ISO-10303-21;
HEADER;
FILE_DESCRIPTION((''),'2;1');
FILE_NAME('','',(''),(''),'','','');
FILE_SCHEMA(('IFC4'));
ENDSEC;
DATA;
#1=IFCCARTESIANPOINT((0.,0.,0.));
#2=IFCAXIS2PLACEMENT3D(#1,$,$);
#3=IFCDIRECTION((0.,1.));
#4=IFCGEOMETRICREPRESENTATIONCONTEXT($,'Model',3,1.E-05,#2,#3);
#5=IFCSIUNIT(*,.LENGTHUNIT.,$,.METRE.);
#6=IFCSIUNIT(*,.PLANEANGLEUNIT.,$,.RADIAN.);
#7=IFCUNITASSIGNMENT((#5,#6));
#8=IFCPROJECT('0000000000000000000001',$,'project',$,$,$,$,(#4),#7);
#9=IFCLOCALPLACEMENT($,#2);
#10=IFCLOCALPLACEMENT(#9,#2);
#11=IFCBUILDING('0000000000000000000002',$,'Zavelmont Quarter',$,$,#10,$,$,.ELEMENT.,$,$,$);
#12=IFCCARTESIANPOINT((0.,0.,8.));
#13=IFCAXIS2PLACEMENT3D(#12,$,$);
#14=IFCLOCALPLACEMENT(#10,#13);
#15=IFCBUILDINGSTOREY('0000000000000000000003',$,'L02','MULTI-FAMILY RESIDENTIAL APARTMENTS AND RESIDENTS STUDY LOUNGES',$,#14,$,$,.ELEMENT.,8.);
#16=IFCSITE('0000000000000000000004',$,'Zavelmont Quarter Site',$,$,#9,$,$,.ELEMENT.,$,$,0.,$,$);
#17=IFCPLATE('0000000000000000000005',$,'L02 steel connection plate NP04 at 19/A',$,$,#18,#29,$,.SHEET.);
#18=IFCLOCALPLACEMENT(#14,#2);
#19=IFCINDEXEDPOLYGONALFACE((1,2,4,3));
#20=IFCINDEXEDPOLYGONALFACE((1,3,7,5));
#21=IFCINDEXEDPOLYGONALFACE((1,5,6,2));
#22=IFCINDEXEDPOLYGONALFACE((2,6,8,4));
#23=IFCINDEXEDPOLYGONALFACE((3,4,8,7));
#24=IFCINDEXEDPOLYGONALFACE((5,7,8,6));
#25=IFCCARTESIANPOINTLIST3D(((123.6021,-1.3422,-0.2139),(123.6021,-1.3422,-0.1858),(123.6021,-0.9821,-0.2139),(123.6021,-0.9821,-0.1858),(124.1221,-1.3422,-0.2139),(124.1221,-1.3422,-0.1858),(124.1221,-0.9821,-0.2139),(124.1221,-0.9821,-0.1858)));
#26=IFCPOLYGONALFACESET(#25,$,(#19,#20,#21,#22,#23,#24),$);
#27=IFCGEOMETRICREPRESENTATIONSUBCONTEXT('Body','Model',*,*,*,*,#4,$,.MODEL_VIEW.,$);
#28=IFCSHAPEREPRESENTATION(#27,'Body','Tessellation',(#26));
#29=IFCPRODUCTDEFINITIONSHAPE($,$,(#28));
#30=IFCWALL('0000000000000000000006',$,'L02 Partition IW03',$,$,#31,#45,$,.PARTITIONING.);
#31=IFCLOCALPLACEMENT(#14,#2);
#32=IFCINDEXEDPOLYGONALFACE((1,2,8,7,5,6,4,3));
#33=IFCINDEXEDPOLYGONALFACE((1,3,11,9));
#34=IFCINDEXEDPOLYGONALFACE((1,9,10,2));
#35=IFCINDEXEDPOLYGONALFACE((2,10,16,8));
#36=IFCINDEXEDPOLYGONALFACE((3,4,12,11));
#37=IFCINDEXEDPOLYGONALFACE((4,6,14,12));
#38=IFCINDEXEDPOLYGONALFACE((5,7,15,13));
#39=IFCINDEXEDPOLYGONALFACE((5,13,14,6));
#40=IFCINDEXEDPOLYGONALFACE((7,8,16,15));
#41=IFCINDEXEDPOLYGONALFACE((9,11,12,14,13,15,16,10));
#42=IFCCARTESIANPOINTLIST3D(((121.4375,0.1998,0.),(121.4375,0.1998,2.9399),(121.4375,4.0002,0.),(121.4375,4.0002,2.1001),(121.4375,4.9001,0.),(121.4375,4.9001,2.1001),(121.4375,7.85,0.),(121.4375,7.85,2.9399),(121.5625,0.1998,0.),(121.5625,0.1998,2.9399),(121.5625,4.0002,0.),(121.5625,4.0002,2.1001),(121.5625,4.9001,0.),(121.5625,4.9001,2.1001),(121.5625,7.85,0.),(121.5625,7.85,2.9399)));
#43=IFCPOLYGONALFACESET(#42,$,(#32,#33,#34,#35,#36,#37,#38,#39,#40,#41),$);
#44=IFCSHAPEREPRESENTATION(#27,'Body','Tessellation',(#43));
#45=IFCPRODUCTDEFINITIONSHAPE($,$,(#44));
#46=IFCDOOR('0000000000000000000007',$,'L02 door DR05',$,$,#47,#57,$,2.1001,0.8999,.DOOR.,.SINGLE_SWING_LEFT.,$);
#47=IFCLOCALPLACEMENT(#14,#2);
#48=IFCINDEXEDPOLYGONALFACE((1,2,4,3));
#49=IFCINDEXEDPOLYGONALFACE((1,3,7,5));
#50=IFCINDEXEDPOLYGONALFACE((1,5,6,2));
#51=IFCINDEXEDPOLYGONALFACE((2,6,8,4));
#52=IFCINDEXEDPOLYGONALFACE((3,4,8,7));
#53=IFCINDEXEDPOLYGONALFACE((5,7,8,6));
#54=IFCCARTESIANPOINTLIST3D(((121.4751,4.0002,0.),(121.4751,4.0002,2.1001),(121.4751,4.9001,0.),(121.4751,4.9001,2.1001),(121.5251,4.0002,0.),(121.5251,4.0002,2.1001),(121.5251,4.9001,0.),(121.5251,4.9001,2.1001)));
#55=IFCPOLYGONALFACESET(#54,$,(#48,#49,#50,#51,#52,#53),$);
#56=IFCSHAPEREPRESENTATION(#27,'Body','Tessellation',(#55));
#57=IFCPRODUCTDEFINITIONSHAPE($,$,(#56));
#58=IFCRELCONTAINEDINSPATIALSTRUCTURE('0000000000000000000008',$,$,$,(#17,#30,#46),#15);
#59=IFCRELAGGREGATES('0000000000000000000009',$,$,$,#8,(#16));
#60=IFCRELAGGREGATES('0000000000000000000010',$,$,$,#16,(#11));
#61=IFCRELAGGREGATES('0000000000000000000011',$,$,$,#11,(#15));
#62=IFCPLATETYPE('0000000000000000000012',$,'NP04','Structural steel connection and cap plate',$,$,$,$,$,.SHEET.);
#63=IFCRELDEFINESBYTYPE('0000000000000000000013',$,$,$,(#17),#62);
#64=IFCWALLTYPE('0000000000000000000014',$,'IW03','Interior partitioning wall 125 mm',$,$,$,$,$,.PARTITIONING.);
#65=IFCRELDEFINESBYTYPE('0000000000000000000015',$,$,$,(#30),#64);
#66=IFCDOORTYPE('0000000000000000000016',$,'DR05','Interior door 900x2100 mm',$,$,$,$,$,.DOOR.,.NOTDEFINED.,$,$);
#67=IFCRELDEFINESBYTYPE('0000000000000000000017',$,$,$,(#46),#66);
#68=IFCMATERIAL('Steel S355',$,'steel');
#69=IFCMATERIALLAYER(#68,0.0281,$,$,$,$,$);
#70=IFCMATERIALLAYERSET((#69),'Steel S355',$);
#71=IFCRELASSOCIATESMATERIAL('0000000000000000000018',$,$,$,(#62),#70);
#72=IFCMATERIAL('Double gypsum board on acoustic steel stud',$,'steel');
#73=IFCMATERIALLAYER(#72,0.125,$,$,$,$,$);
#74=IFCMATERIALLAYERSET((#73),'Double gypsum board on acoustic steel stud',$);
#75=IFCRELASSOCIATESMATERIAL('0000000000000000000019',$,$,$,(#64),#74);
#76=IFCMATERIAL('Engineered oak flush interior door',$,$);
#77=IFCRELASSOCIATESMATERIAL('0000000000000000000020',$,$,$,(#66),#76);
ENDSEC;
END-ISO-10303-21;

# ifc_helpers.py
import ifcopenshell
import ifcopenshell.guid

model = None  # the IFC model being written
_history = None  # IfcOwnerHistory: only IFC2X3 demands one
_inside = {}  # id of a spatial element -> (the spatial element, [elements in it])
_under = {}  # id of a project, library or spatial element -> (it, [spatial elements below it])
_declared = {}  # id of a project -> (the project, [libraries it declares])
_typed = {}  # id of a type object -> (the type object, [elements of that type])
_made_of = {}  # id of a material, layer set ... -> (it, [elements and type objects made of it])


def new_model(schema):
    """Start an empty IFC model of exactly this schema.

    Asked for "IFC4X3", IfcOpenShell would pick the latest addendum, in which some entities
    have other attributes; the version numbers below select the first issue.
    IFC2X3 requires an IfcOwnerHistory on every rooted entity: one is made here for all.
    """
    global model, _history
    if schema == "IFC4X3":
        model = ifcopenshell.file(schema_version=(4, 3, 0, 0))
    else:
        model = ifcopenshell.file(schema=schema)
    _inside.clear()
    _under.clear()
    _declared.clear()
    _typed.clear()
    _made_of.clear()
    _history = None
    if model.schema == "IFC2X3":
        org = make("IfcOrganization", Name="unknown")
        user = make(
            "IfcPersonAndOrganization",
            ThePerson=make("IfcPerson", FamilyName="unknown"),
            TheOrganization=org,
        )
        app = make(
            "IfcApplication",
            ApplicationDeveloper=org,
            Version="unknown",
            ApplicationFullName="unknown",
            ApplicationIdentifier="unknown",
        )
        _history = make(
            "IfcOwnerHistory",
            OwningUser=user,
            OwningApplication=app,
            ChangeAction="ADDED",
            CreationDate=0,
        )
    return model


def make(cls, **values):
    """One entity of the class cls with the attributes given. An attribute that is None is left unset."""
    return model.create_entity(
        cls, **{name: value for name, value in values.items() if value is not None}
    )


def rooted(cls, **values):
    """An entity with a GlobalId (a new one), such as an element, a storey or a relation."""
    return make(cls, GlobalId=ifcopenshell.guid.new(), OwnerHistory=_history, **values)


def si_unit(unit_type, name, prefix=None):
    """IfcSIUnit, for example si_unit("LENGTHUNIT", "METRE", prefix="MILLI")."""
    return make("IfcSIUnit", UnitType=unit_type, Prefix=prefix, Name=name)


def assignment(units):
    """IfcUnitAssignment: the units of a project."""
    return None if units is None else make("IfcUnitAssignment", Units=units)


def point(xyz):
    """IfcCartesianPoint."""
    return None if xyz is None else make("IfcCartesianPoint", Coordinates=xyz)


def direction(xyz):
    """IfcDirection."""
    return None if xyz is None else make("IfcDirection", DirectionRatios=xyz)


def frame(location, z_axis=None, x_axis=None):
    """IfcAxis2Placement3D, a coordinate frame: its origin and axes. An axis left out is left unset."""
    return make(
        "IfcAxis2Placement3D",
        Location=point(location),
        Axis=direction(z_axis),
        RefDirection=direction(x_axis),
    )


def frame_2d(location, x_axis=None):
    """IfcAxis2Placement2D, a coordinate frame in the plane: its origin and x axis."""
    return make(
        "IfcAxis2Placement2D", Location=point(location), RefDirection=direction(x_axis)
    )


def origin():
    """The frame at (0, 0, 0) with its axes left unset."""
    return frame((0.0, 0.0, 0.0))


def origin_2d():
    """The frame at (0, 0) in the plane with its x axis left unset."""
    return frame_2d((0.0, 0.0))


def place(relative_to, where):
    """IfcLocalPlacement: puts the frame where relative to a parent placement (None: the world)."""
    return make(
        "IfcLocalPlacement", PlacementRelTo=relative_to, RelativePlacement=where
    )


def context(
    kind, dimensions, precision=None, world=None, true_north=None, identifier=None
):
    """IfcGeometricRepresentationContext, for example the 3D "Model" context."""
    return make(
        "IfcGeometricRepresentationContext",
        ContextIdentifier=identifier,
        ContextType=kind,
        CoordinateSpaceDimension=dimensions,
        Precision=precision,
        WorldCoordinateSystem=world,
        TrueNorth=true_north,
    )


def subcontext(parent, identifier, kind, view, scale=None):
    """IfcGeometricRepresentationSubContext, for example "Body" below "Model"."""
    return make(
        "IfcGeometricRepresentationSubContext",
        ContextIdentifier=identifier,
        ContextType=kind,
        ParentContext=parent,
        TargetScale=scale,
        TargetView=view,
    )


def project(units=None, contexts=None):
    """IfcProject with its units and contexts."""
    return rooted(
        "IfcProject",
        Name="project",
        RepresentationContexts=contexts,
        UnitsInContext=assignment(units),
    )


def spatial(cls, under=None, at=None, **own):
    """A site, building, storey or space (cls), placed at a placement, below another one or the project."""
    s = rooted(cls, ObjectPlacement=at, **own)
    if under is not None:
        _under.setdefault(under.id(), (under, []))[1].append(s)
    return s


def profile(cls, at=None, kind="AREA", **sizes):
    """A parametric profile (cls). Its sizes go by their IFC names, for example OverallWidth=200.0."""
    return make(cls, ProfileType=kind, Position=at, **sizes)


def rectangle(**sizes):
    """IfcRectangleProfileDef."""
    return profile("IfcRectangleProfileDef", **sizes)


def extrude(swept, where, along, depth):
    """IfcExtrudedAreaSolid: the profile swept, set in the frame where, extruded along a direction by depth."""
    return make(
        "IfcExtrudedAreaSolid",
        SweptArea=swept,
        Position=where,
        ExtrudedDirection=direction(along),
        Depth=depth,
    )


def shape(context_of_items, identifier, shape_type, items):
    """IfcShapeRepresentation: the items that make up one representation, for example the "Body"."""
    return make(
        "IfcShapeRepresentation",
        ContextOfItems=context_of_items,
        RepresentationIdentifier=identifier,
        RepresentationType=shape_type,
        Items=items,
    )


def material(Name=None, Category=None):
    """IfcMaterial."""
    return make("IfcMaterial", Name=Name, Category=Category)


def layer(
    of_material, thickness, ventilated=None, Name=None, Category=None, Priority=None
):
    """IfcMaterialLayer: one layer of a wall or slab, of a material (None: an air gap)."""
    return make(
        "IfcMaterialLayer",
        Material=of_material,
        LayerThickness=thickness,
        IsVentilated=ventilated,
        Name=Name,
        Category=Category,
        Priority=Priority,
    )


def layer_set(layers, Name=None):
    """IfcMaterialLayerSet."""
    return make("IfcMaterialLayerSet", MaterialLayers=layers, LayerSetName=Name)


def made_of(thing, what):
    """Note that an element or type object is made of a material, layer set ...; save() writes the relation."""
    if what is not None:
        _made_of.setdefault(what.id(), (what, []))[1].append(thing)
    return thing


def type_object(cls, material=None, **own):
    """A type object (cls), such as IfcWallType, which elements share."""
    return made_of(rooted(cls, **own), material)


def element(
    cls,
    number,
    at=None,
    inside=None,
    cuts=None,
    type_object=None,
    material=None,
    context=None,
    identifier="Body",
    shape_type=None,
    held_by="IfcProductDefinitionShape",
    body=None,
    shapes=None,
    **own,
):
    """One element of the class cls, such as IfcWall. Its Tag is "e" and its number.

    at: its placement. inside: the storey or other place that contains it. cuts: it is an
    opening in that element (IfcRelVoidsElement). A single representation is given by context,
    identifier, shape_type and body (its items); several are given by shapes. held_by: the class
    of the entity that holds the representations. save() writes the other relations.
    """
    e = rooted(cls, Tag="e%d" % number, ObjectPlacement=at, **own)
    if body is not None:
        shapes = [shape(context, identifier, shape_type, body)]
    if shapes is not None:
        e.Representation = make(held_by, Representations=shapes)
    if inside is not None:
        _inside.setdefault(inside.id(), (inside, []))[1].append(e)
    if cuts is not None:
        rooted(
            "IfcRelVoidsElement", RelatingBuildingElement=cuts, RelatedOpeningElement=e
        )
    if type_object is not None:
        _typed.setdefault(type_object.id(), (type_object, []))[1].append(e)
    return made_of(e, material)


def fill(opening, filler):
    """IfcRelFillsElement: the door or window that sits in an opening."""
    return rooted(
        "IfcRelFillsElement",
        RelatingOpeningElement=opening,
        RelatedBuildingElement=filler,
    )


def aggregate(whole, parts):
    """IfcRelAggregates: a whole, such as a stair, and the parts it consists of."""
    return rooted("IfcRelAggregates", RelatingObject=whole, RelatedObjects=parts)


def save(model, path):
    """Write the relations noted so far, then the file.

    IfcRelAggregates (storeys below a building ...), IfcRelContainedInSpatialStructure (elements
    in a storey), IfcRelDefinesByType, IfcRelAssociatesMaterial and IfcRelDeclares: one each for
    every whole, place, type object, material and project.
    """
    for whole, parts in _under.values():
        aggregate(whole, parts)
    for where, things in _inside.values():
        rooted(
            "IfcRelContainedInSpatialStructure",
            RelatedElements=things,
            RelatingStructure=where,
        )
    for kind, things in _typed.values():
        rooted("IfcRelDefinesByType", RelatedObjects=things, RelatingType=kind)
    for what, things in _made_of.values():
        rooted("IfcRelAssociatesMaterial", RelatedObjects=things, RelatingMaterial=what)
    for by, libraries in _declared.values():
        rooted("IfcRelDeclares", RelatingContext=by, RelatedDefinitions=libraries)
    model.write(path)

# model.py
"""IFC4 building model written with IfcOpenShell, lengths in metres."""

from ifc_helpers import new_model, si_unit, direction, frame, frame_2d, origin, origin_2d, place, context, subcontext, project, spatial, rectangle, extrude, material, layer, layer_set, type_object, element, fill, save


model = new_model("IFC4")

# Units and contexts
model_context = context("Model", 3, precision=1e-05, world=origin(), true_north=direction((0.0, 1.0)))
body_context = subcontext(model_context, "Body", "Model", "MODEL_VIEW")
ifc_project = project(units=[si_unit("LENGTHUNIT", "METRE"), si_unit("PLANEANGLEUNIT", "RADIAN")], contexts=[model_context])

# Site, building, storey
site_placement = place(None, origin())
site = spatial("IfcSite", under=ifc_project, at=site_placement, Name="Zavelmont Quarter Site", CompositionType="ELEMENT", RefElevation=0.0)
building_placement = place(site_placement, origin())
building = spatial("IfcBuilding", under=site, at=building_placement, Name="Zavelmont Quarter", CompositionType="ELEMENT")
storey_placement = place(building_placement, frame((0.0, 0.0, 8.0)))
storey = spatial("IfcBuildingStorey", under=building, at=storey_placement, Name="L02", Description="MULTI-FAMILY RESIDENTIAL APARTMENTS AND RESIDENTS STUDY LOUNGES", CompositionType="ELEMENT", Elevation=8.0)

# Shared definitions
ifc_material_1 = material(Name="Steel S355", Category="steel")

# Plate
ifc_layer_1 = layer(ifc_material_1, 0.0281)
ifc_layer_set_1 = layer_set([ifc_layer_1], Name="Steel S355")
plate_type = type_object("IfcPlateType", Name="NP04", Description="Structural steel connection and cap plate", PredefinedType="SHEET", material=ifc_layer_set_1)
plate_placement = place(storey_placement, frame((123.8621, -1.1621, -0.2139), z_axis=(0.0, 0.0, 1.0), x_axis=(1.0, 0.0, 0.0)))
element("IfcPlate", 1, at=plate_placement, inside=storey, type_object=plate_type, Name="L02 steel connection plate NP04 at 19/A", PredefinedType="SHEET", context=body_context, shape_type="SweptSolid", body=[
    extrude(rectangle(XDim=0.52, YDim=0.3601, at=origin_2d()), origin(), (0.0, 0.0, 1.0), 0.0281),
])

# Wall, opening, door
ifc_material_2 = material(Name="Double gypsum board on acoustic steel stud", Category="steel")
ifc_layer_2 = layer(ifc_material_2, 0.125)
ifc_layer_set_2 = layer_set([ifc_layer_2], Name="Double gypsum board on acoustic steel stud")
wall_type = type_object("IfcWallType", Name="IW03", Description="Interior partitioning wall 125 mm", PredefinedType="PARTITIONING", material=ifc_layer_set_2)
wall_placement = place(storey_placement, frame((121.5, 7.8501, 0.0), z_axis=(0.0, 0.0, 1.0), x_axis=(0.0, -1.0, 0.0)))
wall = element("IfcWall", 2, at=wall_placement, inside=storey, type_object=wall_type, Name="L02 Partition IW03", PredefinedType="PARTITIONING", context=body_context, shape_type="SweptSolid", body=[
    extrude(rectangle(XDim=7.6501, YDim=0.125, at=frame_2d((3.8252, 0.0))), origin(), (0.0, 0.0, 1.0), 2.9399),
])
opening_placement = place(wall_placement, frame((2.95, 0.0, 0.0)))
opening = element("IfcOpeningElement", 3, at=opening_placement, cuts=wall, PredefinedType="OPENING", context=body_context, shape_type="SweptSolid", body=[
    extrude(rectangle(XDim=0.8999, YDim=2.1001, at=frame_2d((0.45, 1.05))), frame((0.0, 0.0745, 0.0), z_axis=(0.0, -1.0, 0.0), x_axis=(1.0, 0.0, 0.0)), (0.0, 0.0, 1.0), 0.1489),
])
ifc_material_3 = material(Name="Engineered oak flush interior door")
door_type = type_object("IfcDoorType", Name="DR05", Description="Interior door 900x2100 mm", OperationType="NOTDEFINED", PredefinedType="DOOR", material=ifc_material_3)
door_placement = place(opening_placement, frame((0.8999, 0.0, 0.0), z_axis=(0.0, 0.0, 1.0), x_axis=(-1.0, 0.0, 0.0)))
door = element("IfcDoor", 4, at=door_placement, inside=storey, type_object=door_type, Name="L02 door DR05", OperationType="SINGLE_SWING_LEFT", OverallHeight=2.1001, OverallWidth=0.8999, PredefinedType="DOOR", context=body_context, shape_type="SweptSolid", body=[
    extrude(rectangle(XDim=0.8999, YDim=2.1001, at=frame_2d((0.45, 1.05))), frame((0.0, 0.0249, 0.0), z_axis=(0.0, -1.0, 0.0), x_axis=(1.0, 0.0, 0.0)), (0.0, 0.0, 1.0), 0.05),
])
fill(opening, door)

save(model, "model.ifc")
